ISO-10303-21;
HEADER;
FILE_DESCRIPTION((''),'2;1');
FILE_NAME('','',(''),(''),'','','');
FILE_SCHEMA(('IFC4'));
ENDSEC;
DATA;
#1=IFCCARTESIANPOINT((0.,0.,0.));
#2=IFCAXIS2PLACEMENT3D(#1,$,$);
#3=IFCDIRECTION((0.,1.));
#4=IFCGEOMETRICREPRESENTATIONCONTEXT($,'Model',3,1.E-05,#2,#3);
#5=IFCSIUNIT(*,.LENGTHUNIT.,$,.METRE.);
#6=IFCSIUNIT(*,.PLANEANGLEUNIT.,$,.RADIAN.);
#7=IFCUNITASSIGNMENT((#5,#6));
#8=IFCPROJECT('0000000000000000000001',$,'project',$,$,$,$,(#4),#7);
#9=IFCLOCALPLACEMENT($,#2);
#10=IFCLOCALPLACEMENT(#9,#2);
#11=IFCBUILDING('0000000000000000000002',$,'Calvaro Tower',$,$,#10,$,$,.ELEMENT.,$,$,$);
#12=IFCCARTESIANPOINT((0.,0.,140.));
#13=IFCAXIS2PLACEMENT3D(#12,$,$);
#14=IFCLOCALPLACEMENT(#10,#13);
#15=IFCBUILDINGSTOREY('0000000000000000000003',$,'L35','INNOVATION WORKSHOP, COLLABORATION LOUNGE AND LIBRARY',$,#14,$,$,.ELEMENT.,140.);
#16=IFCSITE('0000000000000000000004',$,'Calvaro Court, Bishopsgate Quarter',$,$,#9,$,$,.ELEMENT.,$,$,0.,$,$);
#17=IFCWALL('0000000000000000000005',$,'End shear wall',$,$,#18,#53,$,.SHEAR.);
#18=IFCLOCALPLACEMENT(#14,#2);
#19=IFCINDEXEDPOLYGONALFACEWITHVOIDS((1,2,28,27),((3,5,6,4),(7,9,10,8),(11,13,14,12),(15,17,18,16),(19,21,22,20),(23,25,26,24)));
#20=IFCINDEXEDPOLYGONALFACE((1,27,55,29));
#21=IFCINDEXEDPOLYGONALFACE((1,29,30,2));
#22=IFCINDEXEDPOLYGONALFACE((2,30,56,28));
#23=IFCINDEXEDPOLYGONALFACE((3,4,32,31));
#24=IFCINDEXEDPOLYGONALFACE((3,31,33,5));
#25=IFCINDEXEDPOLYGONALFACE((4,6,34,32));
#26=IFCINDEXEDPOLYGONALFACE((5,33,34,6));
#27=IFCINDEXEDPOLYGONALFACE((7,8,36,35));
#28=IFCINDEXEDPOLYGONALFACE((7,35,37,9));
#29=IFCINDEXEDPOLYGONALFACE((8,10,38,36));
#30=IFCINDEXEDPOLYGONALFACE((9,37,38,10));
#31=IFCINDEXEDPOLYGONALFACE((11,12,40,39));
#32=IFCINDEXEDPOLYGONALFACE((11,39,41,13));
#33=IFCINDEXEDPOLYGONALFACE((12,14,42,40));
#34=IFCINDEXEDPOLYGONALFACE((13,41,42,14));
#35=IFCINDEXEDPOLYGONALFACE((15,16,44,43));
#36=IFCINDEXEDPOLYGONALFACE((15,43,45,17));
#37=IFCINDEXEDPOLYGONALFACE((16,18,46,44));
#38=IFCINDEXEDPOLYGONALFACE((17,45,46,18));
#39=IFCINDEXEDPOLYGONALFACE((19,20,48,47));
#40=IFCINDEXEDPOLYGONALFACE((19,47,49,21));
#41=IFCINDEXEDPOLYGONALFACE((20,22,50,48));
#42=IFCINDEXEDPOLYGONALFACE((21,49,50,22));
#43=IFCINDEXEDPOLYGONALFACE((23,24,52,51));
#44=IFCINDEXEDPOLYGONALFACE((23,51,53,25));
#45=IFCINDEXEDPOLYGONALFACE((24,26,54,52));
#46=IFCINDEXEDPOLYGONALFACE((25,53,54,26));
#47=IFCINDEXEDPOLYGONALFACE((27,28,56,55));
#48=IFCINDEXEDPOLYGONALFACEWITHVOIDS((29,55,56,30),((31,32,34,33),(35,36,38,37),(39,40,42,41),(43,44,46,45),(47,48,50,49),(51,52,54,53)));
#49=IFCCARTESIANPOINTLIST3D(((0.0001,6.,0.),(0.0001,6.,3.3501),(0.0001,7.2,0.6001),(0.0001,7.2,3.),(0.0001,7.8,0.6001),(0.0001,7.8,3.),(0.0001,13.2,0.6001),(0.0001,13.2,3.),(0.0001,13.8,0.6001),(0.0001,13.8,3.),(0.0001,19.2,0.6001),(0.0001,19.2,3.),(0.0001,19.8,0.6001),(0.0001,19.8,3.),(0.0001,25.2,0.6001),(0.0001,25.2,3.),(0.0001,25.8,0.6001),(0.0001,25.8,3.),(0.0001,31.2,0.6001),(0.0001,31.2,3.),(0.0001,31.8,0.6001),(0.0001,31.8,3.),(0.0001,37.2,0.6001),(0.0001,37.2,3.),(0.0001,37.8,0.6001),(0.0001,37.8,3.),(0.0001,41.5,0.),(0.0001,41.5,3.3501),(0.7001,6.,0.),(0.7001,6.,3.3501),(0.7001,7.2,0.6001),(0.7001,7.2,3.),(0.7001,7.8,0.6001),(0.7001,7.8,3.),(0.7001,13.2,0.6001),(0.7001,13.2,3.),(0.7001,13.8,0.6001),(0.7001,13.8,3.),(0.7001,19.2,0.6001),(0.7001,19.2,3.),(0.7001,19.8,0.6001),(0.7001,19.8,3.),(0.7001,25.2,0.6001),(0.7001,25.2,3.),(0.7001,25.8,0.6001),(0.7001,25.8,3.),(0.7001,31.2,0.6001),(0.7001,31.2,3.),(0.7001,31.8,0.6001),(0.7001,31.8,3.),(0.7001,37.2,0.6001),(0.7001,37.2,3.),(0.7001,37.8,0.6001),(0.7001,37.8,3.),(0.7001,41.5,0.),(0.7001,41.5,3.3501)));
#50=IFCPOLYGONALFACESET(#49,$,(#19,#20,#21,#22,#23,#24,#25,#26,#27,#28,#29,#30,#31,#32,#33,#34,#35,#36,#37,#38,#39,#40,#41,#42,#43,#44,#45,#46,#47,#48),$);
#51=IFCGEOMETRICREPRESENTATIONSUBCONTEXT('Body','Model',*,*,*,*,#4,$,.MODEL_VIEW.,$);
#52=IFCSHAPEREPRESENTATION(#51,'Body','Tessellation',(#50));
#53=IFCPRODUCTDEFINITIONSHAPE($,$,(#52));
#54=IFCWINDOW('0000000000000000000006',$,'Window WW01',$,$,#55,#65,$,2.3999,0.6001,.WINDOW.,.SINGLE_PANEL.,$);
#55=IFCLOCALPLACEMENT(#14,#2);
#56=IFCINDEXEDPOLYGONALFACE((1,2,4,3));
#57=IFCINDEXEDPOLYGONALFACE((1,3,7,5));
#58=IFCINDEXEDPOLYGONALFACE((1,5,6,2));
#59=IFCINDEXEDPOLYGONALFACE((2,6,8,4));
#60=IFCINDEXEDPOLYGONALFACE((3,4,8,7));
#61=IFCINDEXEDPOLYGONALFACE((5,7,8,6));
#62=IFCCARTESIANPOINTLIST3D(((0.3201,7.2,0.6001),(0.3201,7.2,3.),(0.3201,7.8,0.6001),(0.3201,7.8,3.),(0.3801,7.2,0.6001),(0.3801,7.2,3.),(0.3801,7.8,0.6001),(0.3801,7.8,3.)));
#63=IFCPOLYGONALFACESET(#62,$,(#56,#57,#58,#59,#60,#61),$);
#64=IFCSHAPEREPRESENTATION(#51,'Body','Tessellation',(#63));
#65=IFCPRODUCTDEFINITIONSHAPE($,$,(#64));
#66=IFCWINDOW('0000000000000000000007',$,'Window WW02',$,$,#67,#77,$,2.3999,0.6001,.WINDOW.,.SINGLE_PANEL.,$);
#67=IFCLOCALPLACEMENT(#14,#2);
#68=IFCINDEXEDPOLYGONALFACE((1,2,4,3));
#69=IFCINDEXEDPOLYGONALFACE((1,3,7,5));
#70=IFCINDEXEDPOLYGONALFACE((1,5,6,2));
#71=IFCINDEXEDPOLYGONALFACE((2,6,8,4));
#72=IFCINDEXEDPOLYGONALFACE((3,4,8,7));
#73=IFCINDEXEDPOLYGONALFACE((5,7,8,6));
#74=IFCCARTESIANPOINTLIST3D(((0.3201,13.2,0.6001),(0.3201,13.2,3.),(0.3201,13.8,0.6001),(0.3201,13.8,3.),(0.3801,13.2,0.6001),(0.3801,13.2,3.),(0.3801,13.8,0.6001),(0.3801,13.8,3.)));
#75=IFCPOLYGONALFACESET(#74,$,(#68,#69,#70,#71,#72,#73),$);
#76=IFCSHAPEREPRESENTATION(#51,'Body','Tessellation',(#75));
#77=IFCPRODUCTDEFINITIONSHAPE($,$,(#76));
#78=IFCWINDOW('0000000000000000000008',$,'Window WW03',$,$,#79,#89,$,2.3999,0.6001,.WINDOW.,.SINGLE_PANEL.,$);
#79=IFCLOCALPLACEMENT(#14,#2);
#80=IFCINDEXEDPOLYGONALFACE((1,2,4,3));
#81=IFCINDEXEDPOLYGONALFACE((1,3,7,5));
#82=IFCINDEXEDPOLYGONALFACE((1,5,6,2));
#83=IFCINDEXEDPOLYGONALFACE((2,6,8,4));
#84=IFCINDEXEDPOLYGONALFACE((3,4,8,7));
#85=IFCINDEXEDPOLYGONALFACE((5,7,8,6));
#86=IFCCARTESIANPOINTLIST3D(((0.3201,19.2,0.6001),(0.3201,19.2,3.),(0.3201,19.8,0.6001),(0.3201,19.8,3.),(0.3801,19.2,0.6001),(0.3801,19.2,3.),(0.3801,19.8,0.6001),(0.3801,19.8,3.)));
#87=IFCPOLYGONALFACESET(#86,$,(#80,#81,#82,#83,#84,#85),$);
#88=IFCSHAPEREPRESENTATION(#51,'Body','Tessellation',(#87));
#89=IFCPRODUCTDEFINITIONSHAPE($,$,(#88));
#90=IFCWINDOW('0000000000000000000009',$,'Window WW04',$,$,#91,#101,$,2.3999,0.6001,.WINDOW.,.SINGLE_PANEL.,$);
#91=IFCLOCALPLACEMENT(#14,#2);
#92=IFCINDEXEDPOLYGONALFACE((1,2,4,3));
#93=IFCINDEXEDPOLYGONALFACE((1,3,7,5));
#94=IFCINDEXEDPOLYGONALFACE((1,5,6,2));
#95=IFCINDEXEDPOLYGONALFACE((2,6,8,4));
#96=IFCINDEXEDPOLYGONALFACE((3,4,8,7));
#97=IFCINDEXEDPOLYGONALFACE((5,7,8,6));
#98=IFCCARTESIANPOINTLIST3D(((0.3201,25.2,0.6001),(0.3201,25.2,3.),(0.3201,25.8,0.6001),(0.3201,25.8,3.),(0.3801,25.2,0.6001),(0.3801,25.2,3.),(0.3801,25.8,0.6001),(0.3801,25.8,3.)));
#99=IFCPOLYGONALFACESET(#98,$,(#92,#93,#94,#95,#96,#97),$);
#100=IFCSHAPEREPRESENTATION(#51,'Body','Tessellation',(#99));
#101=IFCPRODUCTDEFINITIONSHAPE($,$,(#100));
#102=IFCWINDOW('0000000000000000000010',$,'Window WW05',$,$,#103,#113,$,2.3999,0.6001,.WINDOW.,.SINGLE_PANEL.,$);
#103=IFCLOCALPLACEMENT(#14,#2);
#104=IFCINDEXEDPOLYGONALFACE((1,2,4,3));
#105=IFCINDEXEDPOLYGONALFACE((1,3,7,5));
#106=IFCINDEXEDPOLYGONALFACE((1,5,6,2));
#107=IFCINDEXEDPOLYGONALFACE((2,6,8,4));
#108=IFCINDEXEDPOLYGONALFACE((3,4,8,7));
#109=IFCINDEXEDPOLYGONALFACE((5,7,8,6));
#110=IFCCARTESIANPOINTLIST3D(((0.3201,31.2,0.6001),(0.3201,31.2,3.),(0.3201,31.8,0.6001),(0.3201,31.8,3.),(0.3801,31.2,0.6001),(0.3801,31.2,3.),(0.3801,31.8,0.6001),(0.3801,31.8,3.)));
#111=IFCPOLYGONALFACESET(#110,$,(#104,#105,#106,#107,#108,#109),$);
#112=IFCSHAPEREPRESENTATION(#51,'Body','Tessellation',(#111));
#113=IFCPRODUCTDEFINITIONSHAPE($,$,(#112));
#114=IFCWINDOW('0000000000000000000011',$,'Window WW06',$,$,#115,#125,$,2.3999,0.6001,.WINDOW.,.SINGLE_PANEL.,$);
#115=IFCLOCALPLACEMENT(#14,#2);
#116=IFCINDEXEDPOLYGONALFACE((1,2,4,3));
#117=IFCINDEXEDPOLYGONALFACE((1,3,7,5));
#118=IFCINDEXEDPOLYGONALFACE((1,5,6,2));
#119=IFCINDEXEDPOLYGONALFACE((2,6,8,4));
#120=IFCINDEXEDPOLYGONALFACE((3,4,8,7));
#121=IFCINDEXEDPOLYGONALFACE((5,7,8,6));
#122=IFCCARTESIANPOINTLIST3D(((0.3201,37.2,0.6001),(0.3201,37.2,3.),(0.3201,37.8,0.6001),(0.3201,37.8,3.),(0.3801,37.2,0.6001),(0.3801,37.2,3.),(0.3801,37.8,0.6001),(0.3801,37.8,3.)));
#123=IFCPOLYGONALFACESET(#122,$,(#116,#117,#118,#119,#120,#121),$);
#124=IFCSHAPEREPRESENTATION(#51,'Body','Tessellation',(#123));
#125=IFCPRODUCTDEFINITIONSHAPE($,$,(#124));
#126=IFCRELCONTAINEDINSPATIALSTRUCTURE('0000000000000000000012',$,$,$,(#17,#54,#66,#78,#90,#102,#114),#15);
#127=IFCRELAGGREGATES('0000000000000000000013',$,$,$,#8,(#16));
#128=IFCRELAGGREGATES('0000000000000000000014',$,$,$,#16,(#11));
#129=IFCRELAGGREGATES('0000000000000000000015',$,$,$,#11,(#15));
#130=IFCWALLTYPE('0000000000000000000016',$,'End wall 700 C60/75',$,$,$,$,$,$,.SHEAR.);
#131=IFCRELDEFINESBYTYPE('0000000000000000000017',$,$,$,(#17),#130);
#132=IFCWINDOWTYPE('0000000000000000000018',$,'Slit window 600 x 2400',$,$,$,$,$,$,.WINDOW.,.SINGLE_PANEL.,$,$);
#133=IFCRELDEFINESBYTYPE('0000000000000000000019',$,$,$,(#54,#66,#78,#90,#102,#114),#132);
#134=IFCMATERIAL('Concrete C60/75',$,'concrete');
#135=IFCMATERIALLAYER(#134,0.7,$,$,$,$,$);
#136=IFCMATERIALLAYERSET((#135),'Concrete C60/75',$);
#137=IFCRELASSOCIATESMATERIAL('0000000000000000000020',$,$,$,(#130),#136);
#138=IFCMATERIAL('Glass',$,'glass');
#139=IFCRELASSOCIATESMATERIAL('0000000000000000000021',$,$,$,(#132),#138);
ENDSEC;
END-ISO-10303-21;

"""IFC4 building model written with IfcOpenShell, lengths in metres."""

from ifc_helpers import new_model, si_unit, direction, frame, frame_2d, origin, place, context, subcontext, project, spatial, rectangle, extrude, material, layer, layer_set, type_object, element, fill, save


model = new_model("IFC4")

# Units and contexts
model_context = context("Model", 3, precision=1e-05, world=origin(), true_north=direction((0.0, 1.0)))
body_context = subcontext(model_context, "Body", "Model", "MODEL_VIEW")
ifc_project = project(units=[si_unit("LENGTHUNIT", "METRE"), si_unit("PLANEANGLEUNIT", "RADIAN")], contexts=[model_context])

# Site, building, storey
site_placement = place(None, origin())
site = spatial("IfcSite", under=ifc_project, at=site_placement, Name="Calvaro Court, Bishopsgate Quarter", CompositionType="ELEMENT", RefElevation=0.0)
building_placement = place(site_placement, origin())
building = spatial("IfcBuilding", under=site, at=building_placement, Name="Calvaro Tower", CompositionType="ELEMENT")
storey_placement = place(building_placement, frame((0.0, 0.0, 140.0)))
storey = spatial("IfcBuildingStorey", under=building, at=storey_placement, Name="L35", Description="INNOVATION WORKSHOP, COLLABORATION LOUNGE AND LIBRARY", CompositionType="ELEMENT", Elevation=140.0)

# Wall, openings, windows
ifc_material_1 = material(Name="Concrete C60/75", Category="concrete")
ifc_layer_1 = layer(ifc_material_1, 0.7)
ifc_layer_set_1 = layer_set([ifc_layer_1], Name="Concrete C60/75")
wall_type = type_object("IfcWallType", Name="End wall 700 C60/75", PredefinedType="SHEAR", material=ifc_layer_set_1)
wall_placement = place(storey_placement, frame((0.3501, 6.0, 0.0), z_axis=(0.0, 0.0, 1.0), x_axis=(0.0, 1.0, 0.0)))
wall = element("IfcWall", 1, at=wall_placement, inside=storey, type_object=wall_type, Name="End shear wall", PredefinedType="SHEAR", context=body_context, shape_type="SweptSolid", body=[
    extrude(rectangle(XDim=35.5, YDim=0.7, at=frame_2d((17.75, 0.0))), origin(), (0.0, 0.0, 1.0), 3.3501),
])
opening_1_placement = place(wall_placement, frame((1.2, 0.0, 0.6001)))
opening_1 = element("IfcOpeningElement", 2, at=opening_1_placement, cuts=wall, PredefinedType="OPENING", context=body_context, shape_type="SweptSolid", body=[
    extrude(rectangle(XDim=0.6001, YDim=2.3999, at=frame_2d((0.3, 1.2))), frame((0.0, 0.3599, 0.0), z_axis=(0.0, -1.0, 0.0), x_axis=(1.0, 0.0, 0.0)), (0.0, 0.0, 1.0), 0.72),
])
opening_2_placement = place(wall_placement, frame((7.2, 0.0, 0.6001)))
opening_2 = element("IfcOpeningElement", 3, at=opening_2_placement, cuts=wall, PredefinedType="OPENING", context=body_context, shape_type="SweptSolid", body=[
    extrude(rectangle(XDim=0.6001, YDim=2.3999, at=frame_2d((0.3, 1.2))), frame((0.0, 0.3599, 0.0), z_axis=(0.0, -1.0, 0.0), x_axis=(1.0, 0.0, 0.0)), (0.0, 0.0, 1.0), 0.72),
])
opening_3_placement = place(wall_placement, frame((13.2, 0.0, 0.6001)))
opening_3 = element("IfcOpeningElement", 4, at=opening_3_placement, cuts=wall, PredefinedType="OPENING", context=body_context, shape_type="SweptSolid", body=[
    extrude(rectangle(XDim=0.6001, YDim=2.3999, at=frame_2d((0.3, 1.2))), frame((0.0, 0.3599, 0.0), z_axis=(0.0, -1.0, 0.0), x_axis=(1.0, 0.0, 0.0)), (0.0, 0.0, 1.0), 0.72),
])
opening_4_placement = place(wall_placement, frame((19.2, 0.0, 0.6001)))
opening_4 = element("IfcOpeningElement", 5, at=opening_4_placement, cuts=wall, PredefinedType="OPENING", context=body_context, shape_type="SweptSolid", body=[
    extrude(rectangle(XDim=0.6001, YDim=2.3999, at=frame_2d((0.3, 1.2))), frame((0.0, 0.3599, 0.0), z_axis=(0.0, -1.0, 0.0), x_axis=(1.0, 0.0, 0.0)), (0.0, 0.0, 1.0), 0.72),
])
opening_5_placement = place(wall_placement, frame((25.2, 0.0, 0.6001)))
opening_5 = element("IfcOpeningElement", 6, at=opening_5_placement, cuts=wall, PredefinedType="OPENING", context=body_context, shape_type="SweptSolid", body=[
    extrude(rectangle(XDim=0.6001, YDim=2.3999, at=frame_2d((0.3, 1.2))), frame((0.0, 0.3599, 0.0), z_axis=(0.0, -1.0, 0.0), x_axis=(1.0, 0.0, 0.0)), (0.0, 0.0, 1.0), 0.72),
])
opening_6_placement = place(wall_placement, frame((31.2, 0.0, 0.6001)))
opening_6 = element("IfcOpeningElement", 7, at=opening_6_placement, cuts=wall, PredefinedType="OPENING", context=body_context, shape_type="SweptSolid", body=[
    extrude(rectangle(XDim=0.6001, YDim=2.3999, at=frame_2d((0.3, 1.2))), frame((0.0, 0.3599, 0.0), z_axis=(0.0, -1.0, 0.0), x_axis=(1.0, 0.0, 0.0)), (0.0, 0.0, 1.0), 0.72),
])
ifc_material_2 = material(Name="Glass", Category="glass")
window_type = type_object("IfcWindowType", Name="Slit window 600 x 2400", PartitioningType="SINGLE_PANEL", PredefinedType="WINDOW", material=ifc_material_2)
window_1_placement = place(opening_1_placement, origin())
window_1 = element("IfcWindow", 8, at=window_1_placement, inside=storey, type_object=window_type, Name="Window WW01", OverallHeight=2.3999, OverallWidth=0.6001, PartitioningType="SINGLE_PANEL", PredefinedType="WINDOW", context=body_context, shape_type="SweptSolid", body=[
    extrude(rectangle(XDim=0.6001, YDim=2.3999, at=frame_2d((0.3, 1.2))), frame((0.0, 0.03, 0.0), z_axis=(0.0, -1.0, 0.0), x_axis=(1.0, 0.0, 0.0)), (0.0, 0.0, 1.0), 0.0601),
])
fill(opening_1, window_1)
window_2_placement = place(opening_2_placement, origin())
window_2 = element("IfcWindow", 9, at=window_2_placement, inside=storey, type_object=window_type, Name="Window WW02", OverallHeight=2.3999, OverallWidth=0.6001, PartitioningType="SINGLE_PANEL", PredefinedType="WINDOW", context=body_context, shape_type="SweptSolid", body=[
    extrude(rectangle(XDim=0.6001, YDim=2.3999, at=frame_2d((0.3, 1.2))), frame((0.0, 0.03, 0.0), z_axis=(0.0, -1.0, 0.0), x_axis=(1.0, 0.0, 0.0)), (0.0, 0.0, 1.0), 0.0601),
])
fill(opening_2, window_2)
window_3_placement = place(opening_3_placement, origin())
window_3 = element("IfcWindow", 10, at=window_3_placement, inside=storey, type_object=window_type, Name="Window WW03", OverallHeight=2.3999, OverallWidth=0.6001, PartitioningType="SINGLE_PANEL", PredefinedType="WINDOW", context=body_context, shape_type="SweptSolid", body=[
    extrude(rectangle(XDim=0.6001, YDim=2.3999, at=frame_2d((0.3, 1.2))), frame((0.0, 0.03, 0.0), z_axis=(0.0, -1.0, 0.0), x_axis=(1.0, 0.0, 0.0)), (0.0, 0.0, 1.0), 0.0601),
])
fill(opening_3, window_3)
window_4_placement = place(opening_4_placement, origin())
window_4 = element("IfcWindow", 11, at=window_4_placement, inside=storey, type_object=window_type, Name="Window WW04", OverallHeight=2.3999, OverallWidth=0.6001, PartitioningType="SINGLE_PANEL", PredefinedType="WINDOW", context=body_context, shape_type="SweptSolid", body=[
    extrude(rectangle(XDim=0.6001, YDim=2.3999, at=frame_2d((0.3, 1.2))), frame((0.0, 0.03, 0.0), z_axis=(0.0, -1.0, 0.0), x_axis=(1.0, 0.0, 0.0)), (0.0, 0.0, 1.0), 0.0601),
])
fill(opening_4, window_4)
window_5_placement = place(opening_5_placement, origin())
window_5 = element("IfcWindow", 12, at=window_5_placement, inside=storey, type_object=window_type, Name="Window WW05", OverallHeight=2.3999, OverallWidth=0.6001, PartitioningType="SINGLE_PANEL", PredefinedType="WINDOW", context=body_context, shape_type="SweptSolid", body=[
    extrude(rectangle(XDim=0.6001, YDim=2.3999, at=frame_2d((0.3, 1.2))), frame((0.0, 0.03, 0.0), z_axis=(0.0, -1.0, 0.0), x_axis=(1.0, 0.0, 0.0)), (0.0, 0.0, 1.0), 0.0601),
])
fill(opening_5, window_5)
window_6_placement = place(opening_6_placement, origin())
window_6 = element("IfcWindow", 13, at=window_6_placement, inside=storey, type_object=window_type, Name="Window WW06", OverallHeight=2.3999, OverallWidth=0.6001, PartitioningType="SINGLE_PANEL", PredefinedType="WINDOW", context=body_context, shape_type="SweptSolid", body=[
    extrude(rectangle(XDim=0.6001, YDim=2.3999, at=frame_2d((0.3, 1.2))), frame((0.0, 0.03, 0.0), z_axis=(0.0, -1.0, 0.0), x_axis=(1.0, 0.0, 0.0)), (0.0, 0.0, 1.0), 0.0601),
])
fill(opening_6, window_6)

save(model, "model.ifc")
